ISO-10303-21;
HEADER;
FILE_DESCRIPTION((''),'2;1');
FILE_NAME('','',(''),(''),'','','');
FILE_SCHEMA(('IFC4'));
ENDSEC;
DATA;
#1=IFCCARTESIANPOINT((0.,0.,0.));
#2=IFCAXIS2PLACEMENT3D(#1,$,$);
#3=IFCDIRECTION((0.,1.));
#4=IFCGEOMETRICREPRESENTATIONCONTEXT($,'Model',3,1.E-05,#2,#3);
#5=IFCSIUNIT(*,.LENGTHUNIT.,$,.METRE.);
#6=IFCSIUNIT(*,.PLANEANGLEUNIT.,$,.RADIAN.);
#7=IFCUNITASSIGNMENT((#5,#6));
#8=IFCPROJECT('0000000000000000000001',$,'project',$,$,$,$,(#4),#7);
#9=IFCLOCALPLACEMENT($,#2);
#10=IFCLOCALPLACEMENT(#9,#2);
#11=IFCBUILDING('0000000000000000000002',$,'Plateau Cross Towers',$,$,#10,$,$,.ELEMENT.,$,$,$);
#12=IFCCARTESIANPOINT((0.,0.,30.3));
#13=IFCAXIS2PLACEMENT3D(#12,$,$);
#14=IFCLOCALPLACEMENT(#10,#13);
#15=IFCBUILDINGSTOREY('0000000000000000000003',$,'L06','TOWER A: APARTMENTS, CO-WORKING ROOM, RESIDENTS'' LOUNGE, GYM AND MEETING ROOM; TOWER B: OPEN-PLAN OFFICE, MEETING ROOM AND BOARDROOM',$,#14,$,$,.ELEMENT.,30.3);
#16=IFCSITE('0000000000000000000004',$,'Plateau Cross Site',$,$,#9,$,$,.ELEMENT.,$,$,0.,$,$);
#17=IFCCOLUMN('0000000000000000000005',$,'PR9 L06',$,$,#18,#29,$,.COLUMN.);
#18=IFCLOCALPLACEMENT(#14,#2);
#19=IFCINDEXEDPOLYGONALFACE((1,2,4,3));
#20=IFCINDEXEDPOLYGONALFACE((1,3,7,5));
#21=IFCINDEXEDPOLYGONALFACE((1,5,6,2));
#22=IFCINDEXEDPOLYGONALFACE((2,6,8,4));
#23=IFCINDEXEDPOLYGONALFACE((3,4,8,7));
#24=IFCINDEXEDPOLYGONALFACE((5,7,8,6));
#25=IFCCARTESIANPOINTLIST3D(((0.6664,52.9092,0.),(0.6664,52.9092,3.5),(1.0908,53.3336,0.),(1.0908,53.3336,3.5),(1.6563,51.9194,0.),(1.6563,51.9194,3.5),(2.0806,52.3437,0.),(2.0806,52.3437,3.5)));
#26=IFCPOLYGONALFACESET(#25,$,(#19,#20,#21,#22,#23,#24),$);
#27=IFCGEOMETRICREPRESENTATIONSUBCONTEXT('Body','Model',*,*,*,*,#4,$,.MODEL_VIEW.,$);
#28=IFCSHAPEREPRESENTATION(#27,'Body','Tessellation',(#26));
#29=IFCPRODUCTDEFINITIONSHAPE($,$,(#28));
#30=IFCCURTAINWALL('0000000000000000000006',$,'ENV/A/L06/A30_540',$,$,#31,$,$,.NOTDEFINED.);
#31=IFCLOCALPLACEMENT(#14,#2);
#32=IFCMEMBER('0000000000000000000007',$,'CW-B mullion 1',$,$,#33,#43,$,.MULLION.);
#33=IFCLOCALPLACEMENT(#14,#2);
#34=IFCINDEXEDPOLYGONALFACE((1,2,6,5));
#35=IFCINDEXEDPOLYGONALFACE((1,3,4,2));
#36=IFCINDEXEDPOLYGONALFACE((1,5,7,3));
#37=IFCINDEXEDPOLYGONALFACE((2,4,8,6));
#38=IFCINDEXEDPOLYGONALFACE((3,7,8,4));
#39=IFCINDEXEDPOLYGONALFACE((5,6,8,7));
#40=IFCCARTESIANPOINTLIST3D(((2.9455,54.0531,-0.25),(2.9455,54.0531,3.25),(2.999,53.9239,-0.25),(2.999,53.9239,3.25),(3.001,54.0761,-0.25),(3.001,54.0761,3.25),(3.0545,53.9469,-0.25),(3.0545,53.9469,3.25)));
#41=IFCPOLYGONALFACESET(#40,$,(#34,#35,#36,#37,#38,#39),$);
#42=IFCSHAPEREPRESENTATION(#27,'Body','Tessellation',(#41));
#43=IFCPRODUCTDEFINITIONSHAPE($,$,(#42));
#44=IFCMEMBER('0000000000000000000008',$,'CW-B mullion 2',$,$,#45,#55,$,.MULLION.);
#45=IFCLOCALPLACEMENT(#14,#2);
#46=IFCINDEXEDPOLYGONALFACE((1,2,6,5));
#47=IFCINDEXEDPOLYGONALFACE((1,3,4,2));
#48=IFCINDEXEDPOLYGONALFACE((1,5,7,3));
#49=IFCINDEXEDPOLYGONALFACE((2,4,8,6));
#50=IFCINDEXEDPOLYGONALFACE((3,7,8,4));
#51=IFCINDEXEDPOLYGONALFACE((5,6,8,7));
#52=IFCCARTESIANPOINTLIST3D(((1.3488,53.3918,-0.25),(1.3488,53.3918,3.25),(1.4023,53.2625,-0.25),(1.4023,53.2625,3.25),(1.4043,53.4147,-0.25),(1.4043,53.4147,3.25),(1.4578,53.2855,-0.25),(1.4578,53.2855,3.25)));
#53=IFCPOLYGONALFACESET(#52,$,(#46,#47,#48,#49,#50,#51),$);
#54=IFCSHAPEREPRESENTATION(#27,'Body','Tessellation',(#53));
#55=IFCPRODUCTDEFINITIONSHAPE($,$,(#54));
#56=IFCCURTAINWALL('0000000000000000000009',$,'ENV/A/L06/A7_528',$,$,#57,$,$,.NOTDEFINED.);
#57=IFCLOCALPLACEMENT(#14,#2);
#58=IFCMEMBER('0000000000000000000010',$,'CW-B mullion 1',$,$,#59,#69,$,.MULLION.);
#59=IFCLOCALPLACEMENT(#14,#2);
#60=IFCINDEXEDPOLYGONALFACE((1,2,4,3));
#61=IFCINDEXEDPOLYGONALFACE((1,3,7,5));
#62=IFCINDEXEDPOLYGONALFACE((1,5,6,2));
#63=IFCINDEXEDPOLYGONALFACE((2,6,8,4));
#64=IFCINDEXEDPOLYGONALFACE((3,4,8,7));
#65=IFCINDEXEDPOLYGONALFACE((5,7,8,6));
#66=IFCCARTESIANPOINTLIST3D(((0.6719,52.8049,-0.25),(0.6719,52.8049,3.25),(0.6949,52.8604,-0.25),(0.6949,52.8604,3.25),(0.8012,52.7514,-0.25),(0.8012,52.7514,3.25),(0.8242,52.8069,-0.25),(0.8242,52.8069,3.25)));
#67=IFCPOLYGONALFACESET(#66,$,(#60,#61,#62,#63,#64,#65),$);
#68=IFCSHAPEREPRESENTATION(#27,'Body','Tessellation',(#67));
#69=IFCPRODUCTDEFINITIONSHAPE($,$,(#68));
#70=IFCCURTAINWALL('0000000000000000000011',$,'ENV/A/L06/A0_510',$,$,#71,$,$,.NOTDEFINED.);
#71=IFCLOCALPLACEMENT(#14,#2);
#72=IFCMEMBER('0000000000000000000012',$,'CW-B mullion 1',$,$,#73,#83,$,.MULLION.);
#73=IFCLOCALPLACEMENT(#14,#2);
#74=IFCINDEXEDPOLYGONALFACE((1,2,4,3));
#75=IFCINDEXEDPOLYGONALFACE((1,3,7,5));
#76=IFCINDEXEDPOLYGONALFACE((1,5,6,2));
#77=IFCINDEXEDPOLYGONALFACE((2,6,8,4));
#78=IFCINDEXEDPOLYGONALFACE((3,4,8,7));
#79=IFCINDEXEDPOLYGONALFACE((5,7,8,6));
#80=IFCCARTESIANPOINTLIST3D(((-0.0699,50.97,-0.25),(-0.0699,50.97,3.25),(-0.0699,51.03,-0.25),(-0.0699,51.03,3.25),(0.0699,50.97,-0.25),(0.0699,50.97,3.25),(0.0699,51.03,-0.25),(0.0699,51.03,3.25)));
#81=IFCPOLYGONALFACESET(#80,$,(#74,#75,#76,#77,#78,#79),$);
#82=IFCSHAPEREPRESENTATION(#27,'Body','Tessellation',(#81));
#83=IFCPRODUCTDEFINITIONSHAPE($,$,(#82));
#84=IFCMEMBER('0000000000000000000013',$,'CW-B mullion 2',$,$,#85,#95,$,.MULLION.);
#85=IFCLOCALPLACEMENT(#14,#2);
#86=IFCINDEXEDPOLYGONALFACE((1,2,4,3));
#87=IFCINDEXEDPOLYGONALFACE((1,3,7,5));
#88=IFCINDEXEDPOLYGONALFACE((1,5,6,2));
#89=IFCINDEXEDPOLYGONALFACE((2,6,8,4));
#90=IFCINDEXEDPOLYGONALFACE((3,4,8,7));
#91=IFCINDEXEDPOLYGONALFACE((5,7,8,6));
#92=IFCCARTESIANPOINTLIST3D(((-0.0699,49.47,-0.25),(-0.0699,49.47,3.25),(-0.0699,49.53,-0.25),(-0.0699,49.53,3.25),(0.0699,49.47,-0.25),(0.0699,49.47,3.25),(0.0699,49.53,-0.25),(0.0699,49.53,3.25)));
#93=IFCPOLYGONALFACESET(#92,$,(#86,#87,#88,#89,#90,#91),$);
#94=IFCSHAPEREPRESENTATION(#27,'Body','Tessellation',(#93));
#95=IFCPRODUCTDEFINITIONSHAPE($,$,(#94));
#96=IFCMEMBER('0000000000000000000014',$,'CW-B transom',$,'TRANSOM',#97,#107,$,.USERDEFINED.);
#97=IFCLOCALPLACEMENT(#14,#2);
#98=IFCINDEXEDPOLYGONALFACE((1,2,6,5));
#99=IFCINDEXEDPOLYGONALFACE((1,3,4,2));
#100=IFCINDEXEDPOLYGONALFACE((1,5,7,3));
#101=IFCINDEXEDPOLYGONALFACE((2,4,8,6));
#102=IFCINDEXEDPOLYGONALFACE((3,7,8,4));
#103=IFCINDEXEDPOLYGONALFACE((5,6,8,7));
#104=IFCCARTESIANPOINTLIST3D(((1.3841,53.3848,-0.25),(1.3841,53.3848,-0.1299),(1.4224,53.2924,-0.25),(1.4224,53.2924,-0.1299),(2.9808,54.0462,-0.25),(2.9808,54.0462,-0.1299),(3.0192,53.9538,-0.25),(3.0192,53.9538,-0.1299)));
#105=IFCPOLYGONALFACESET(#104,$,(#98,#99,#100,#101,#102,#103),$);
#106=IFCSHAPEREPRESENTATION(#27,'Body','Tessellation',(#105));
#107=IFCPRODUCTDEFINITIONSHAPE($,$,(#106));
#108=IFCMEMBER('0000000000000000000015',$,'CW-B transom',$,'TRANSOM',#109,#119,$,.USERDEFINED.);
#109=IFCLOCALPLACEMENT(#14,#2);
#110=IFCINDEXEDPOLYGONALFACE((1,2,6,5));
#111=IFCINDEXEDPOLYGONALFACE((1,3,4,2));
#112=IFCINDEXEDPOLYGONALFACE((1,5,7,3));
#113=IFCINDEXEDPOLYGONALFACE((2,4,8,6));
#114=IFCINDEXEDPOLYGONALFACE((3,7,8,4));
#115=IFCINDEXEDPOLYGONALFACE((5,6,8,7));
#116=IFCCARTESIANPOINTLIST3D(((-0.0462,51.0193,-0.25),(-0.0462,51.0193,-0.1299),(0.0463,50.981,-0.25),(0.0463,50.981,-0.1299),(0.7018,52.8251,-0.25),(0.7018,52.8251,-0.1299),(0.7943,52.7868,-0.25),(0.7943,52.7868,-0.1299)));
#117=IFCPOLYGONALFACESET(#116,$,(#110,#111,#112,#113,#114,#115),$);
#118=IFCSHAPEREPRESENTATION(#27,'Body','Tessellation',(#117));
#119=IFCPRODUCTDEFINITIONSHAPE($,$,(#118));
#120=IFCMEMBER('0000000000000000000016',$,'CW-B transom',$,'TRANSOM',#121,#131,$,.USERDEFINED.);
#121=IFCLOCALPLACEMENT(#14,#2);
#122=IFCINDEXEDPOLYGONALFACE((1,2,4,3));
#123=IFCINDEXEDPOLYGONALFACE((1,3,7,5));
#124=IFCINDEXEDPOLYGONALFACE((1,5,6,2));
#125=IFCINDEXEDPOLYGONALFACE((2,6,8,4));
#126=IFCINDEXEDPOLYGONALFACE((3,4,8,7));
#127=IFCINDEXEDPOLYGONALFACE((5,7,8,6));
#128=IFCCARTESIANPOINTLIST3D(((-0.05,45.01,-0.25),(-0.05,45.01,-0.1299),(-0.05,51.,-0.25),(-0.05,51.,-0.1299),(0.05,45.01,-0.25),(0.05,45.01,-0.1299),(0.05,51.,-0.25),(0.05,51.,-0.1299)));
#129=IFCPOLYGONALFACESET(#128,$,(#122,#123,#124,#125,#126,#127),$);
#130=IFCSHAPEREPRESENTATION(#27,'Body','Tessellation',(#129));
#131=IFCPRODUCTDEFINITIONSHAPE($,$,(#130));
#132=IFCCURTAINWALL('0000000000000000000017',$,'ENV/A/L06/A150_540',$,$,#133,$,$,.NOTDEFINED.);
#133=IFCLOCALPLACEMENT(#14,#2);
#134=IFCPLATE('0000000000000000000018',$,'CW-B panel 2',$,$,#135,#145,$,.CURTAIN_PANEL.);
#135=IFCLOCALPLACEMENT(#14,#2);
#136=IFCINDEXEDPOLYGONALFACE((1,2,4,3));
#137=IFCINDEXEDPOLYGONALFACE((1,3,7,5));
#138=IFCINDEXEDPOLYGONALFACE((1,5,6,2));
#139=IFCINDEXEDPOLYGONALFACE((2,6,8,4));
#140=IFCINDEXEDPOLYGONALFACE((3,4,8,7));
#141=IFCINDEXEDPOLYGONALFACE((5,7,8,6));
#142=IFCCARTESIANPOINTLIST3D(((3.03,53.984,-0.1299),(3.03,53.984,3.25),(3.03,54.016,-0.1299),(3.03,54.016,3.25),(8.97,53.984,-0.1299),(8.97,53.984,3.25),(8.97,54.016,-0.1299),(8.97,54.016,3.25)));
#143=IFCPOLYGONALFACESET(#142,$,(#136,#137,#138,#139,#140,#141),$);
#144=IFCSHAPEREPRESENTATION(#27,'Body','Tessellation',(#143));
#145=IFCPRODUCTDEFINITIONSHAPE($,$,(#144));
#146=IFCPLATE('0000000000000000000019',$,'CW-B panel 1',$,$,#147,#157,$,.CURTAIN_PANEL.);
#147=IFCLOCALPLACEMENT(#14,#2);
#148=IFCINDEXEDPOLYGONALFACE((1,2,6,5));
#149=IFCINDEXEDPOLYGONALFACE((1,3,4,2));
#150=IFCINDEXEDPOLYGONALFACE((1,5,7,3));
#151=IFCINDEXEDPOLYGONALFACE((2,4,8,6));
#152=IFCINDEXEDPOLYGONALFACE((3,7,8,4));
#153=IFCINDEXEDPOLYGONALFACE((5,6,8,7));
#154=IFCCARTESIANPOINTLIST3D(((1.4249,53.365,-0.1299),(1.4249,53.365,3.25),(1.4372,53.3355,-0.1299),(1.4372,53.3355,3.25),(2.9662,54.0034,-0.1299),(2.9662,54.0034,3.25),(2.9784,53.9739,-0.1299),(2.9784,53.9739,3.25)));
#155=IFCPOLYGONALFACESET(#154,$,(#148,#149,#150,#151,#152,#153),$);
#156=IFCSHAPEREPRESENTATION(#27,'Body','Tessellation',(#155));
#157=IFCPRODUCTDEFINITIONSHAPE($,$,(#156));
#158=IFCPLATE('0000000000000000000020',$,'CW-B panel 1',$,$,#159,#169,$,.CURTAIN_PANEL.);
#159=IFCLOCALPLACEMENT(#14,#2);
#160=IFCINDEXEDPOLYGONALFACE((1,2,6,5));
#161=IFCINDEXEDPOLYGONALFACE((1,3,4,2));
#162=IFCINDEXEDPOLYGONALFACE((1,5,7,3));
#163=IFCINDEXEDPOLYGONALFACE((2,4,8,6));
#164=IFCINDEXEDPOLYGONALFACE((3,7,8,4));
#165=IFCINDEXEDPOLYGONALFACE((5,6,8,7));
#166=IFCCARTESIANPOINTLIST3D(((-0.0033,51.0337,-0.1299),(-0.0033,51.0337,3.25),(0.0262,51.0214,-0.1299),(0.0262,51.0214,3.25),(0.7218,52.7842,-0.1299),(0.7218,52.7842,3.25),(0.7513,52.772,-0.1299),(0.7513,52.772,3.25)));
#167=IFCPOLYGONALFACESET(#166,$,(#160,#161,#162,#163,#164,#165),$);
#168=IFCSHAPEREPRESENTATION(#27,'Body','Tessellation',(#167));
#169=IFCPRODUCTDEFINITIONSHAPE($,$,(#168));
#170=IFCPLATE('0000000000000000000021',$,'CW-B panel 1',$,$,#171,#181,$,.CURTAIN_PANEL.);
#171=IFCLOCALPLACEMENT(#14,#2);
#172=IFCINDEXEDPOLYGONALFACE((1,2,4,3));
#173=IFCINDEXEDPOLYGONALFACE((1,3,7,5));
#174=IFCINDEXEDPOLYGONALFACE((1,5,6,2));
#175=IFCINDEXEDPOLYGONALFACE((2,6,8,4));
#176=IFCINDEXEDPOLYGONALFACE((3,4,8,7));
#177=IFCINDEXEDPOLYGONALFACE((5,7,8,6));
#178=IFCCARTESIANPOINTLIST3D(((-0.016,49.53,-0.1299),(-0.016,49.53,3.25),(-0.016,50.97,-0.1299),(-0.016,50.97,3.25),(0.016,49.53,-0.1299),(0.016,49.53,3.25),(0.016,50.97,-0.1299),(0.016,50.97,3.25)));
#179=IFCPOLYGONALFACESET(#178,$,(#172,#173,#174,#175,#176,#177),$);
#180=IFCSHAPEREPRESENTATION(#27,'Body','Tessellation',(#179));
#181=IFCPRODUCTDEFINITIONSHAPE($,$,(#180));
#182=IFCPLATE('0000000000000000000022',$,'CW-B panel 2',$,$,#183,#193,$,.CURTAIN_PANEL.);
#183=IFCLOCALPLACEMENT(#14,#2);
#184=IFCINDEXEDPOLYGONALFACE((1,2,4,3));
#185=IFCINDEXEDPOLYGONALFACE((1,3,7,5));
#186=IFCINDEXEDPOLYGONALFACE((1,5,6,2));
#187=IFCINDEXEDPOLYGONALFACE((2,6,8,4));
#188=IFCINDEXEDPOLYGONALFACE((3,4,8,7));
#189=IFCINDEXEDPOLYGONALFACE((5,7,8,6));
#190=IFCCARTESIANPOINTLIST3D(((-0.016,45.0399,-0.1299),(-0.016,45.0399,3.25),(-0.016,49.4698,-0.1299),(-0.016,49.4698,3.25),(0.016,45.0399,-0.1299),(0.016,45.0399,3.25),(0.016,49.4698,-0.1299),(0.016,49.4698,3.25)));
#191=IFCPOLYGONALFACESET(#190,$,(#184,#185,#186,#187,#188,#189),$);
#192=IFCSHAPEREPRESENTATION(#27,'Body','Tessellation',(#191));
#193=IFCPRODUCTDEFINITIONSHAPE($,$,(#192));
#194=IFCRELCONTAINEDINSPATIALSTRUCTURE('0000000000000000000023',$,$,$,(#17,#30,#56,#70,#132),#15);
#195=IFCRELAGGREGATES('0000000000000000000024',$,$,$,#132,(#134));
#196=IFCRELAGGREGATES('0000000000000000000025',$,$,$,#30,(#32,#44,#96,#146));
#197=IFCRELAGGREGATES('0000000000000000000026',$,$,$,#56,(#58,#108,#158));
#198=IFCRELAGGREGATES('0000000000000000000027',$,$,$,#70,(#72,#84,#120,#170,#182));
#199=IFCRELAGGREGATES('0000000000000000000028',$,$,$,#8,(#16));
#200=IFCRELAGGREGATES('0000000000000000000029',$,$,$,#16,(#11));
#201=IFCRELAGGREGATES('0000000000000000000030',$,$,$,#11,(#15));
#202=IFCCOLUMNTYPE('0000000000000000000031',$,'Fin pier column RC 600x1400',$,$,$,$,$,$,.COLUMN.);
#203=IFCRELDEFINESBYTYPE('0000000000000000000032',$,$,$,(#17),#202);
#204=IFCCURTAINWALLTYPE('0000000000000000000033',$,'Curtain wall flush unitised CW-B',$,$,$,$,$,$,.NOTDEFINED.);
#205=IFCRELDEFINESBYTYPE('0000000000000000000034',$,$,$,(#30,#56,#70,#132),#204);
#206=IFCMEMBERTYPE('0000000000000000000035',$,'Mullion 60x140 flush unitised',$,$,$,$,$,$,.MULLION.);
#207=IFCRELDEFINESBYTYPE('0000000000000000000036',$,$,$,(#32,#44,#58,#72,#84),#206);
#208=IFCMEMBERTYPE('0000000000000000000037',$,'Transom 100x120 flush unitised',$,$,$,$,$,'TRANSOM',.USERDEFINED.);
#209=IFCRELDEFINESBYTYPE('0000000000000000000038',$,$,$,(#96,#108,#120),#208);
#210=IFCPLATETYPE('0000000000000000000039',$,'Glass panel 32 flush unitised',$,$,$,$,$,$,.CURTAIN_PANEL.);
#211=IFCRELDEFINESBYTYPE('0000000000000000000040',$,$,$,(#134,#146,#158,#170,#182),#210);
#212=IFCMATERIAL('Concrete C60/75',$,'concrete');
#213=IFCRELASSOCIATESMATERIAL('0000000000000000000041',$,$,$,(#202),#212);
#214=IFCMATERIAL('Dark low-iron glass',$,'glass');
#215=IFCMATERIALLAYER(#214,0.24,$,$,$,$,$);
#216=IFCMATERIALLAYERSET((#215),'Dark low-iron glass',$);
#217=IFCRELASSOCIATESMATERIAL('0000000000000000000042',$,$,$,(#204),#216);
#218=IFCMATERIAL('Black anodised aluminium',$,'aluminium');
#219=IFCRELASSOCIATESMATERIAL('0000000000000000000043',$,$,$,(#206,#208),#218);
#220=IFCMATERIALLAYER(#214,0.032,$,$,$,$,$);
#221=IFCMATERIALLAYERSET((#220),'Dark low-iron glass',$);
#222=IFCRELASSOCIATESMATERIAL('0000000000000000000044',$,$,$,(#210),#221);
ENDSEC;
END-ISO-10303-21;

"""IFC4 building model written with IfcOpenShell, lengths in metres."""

from ifc_helpers import new_model, si_unit, direction, frame, origin, origin_2d, place, context, subcontext, project, spatial, rectangle, extrude, material, layer, layer_set, material_profile, profile_set, type_object, element, aggregate, save


model = new_model("IFC4")

# Units and contexts
model_context = context("Model", 3, precision=1e-05, world=origin(), true_north=direction((0.0, 1.0)))
body_context = subcontext(model_context, "Body", "Model", "MODEL_VIEW")
ifc_project = project(units=[si_unit("LENGTHUNIT", "METRE"), si_unit("PLANEANGLEUNIT", "RADIAN")], contexts=[model_context])

# Site, building, storey
site_placement = place(None, origin())
site = spatial("IfcSite", under=ifc_project, at=site_placement, Name="Plateau Cross Site", CompositionType="ELEMENT", RefElevation=0.0)
building_placement = place(site_placement, origin())
building = spatial("IfcBuilding", under=site, at=building_placement, Name="Plateau Cross Towers", CompositionType="ELEMENT")
storey_placement = place(building_placement, frame((0.0, 0.0, 30.3)))
storey = spatial("IfcBuildingStorey", under=building, at=storey_placement, Name="L06", Description="TOWER A: APARTMENTS, CO-WORKING ROOM, RESIDENTS' LOUNGE, GYM AND MEETING ROOM; TOWER B: OPEN-PLAN OFFICE, MEETING ROOM AND BOARDROOM", CompositionType="ELEMENT", Elevation=30.3)

# Column
ifc_material_1 = material(Name="Concrete C60/75", Category="concrete")
ifc_material_profile_1 = material_profile(ifc_material_1, rectangle(XDim=0.6001, YDim=1.3999, at=origin_2d()), Name="RC 600x1400")
ifc_profile_set_1 = profile_set([ifc_material_profile_1], Name="Concrete C60/75")
column_type = type_object("IfcColumnType", Name="Fin pier column RC 600x1400", PredefinedType="COLUMN", material=ifc_profile_set_1)
column_placement = place(storey_placement, frame((1.3735, 52.6265, 0.0), z_axis=(0.0, 0.0, 1.0), x_axis=(0.707107, 0.707107, 0.0)))
element("IfcColumn", 1, at=column_placement, inside=storey, type_object=column_type, Name="PR9 L06", PredefinedType="COLUMN", context=body_context, shape_type="SweptSolid", body=[
    extrude(rectangle(XDim=0.6001, YDim=1.3999, at=origin_2d()), origin(), (0.0, 0.0, 1.0), 3.5),
])

# Curtain wall, members
ifc_material_2 = material(Name="Dark low-iron glass", Category="glass")
ifc_layer_1 = layer(ifc_material_2, 0.24)
ifc_layer_set_1 = layer_set([ifc_layer_1], Name="Dark low-iron glass")
curtain_wall_type = type_object("IfcCurtainWallType", Name="Curtain wall flush unitised CW-B", PredefinedType="NOTDEFINED", material=ifc_layer_set_1)
curtain_wall_1_placement = place(storey_placement, origin())
curtain_wall_1 = element("IfcCurtainWall", 2, at=curtain_wall_1_placement, inside=storey, type_object=curtain_wall_type, Name="ENV/A/L06/A30_540", PredefinedType="NOTDEFINED")
ifc_material_3 = material(Name="Black anodised aluminium", Category="aluminium")
ifc_material_profile_2 = material_profile(ifc_material_3, rectangle(XDim=0.0601, YDim=0.1399, at=origin_2d()), Name="MULLION 60x140")
ifc_profile_set_2 = profile_set([ifc_material_profile_2], Name="Black anodised aluminium")
member_type_1 = type_object("IfcMemberType", Name="Mullion 60x140 flush unitised", PredefinedType="MULLION", material=ifc_profile_set_2)
member_1_placement = place(storey_placement, frame((3.0, 54.0, -0.25), z_axis=(0.0, 0.0, 1.0), x_axis=(-0.923879, -0.382684, 0.0)))
member_1 = element("IfcMember", 3, at=member_1_placement, type_object=member_type_1, Name="CW-B mullion 1", PredefinedType="MULLION", context=body_context, shape_type="SweptSolid", body=[
    extrude(rectangle(XDim=0.0601, YDim=0.1399, at=origin_2d()), origin(), (0.0, 0.0, 1.0), 3.5),
])
member_2_placement = place(storey_placement, frame((1.4033, 53.3386, -0.25), z_axis=(0.0, 0.0, 1.0), x_axis=(-0.923879, -0.382684, 0.0)))
member_2 = element("IfcMember", 4, at=member_2_placement, type_object=member_type_1, Name="CW-B mullion 2", PredefinedType="MULLION", context=body_context, shape_type="SweptSolid", body=[
    extrude(rectangle(XDim=0.0601, YDim=0.1399, at=origin_2d()), origin(), (0.0, 0.0, 1.0), 3.5),
])

# Curtain wall, member
curtain_wall_2_placement = place(storey_placement, origin())
curtain_wall_2 = element("IfcCurtainWall", 5, at=curtain_wall_2_placement, inside=storey, type_object=curtain_wall_type, Name="ENV/A/L06/A7_528", PredefinedType="NOTDEFINED")
member_3_placement = place(storey_placement, frame((0.748, 52.8059, -0.25), z_axis=(0.0, 0.0, 1.0), x_axis=(-0.382684, -0.923879, 0.0)))
member_3 = element("IfcMember", 6, at=member_3_placement, type_object=member_type_1, Name="CW-B mullion 1", PredefinedType="MULLION", context=body_context, shape_type="SweptSolid", body=[
    extrude(rectangle(XDim=0.0601, YDim=0.1399, at=origin_2d()), origin(), (0.0, 0.0, 1.0), 3.5),
])

# Curtain wall, members
curtain_wall_3_placement = place(storey_placement, origin())
curtain_wall_3 = element("IfcCurtainWall", 7, at=curtain_wall_3_placement, inside=storey, type_object=curtain_wall_type, Name="ENV/A/L06/A0_510", PredefinedType="NOTDEFINED")
member_4_placement = place(storey_placement, frame((0.0, 51.0, -0.25), z_axis=(0.0, 0.0, 1.0), x_axis=(0.0, -1.0, 0.0)))
member_4 = element("IfcMember", 8, at=member_4_placement, type_object=member_type_1, Name="CW-B mullion 1", PredefinedType="MULLION", context=body_context, shape_type="SweptSolid", body=[
    extrude(rectangle(XDim=0.0601, YDim=0.1399, at=origin_2d()), origin(), (0.0, 0.0, 1.0), 3.5),
])
member_5_placement = place(storey_placement, frame((0.0, 49.5, -0.25), z_axis=(0.0, 0.0, 1.0), x_axis=(0.0, -1.0, 0.0)))
member_5 = element("IfcMember", 9, at=member_5_placement, type_object=member_type_1, Name="CW-B mullion 2", PredefinedType="MULLION", context=body_context, shape_type="SweptSolid", body=[
    extrude(rectangle(XDim=0.0601, YDim=0.1399, at=origin_2d()), origin(), (0.0, 0.0, 1.0), 3.5),
])

# Members
ifc_material_profile_3 = material_profile(ifc_material_3, rectangle(XDim=0.1001, YDim=0.1201, at=origin_2d()), Name="TRANSOM 100x120")
ifc_profile_set_3 = profile_set([ifc_material_profile_3], Name="Black anodised aluminium")
member_type_2 = type_object("IfcMemberType", Name="Transom 100x120 flush unitised", ElementType="TRANSOM", PredefinedType="USERDEFINED", material=ifc_profile_set_3)
member_6_placement = place(storey_placement, frame((3.0, 54.0, -0.1899), z_axis=(-0.923877, -0.382689, 0.0), x_axis=(0.382689, -0.923877, 0.0)))
member_6 = element("IfcMember", 10, at=member_6_placement, type_object=member_type_2, Name="CW-B transom", ObjectType="TRANSOM", PredefinedType="USERDEFINED", context=body_context, shape_type="SweptSolid", body=[
    extrude(rectangle(XDim=0.1001, YDim=0.1201, at=origin_2d()), origin(), (0.0, 0.0, 1.0), 1.7283),
])
member_7_placement = place(storey_placement, frame((0.748, 52.8059, -0.1899), z_axis=(-0.38269, -0.923877, 0.0), x_axis=(0.923877, -0.38269, 0.0)))
member_7 = element("IfcMember", 11, at=member_7_placement, type_object=member_type_2, Name="CW-B transom", ObjectType="TRANSOM", PredefinedType="USERDEFINED", context=body_context, shape_type="SweptSolid", body=[
    extrude(rectangle(XDim=0.1001, YDim=0.1201, at=origin_2d()), origin(), (0.0, 0.0, 1.0), 1.9546),
])
member_8_placement = place(storey_placement, frame((0.0, 51.0, -0.1899), z_axis=(0.0, -1.0, 0.0), x_axis=(1.0, 0.0, 0.0)))
member_8 = element("IfcMember", 12, at=member_8_placement, type_object=member_type_2, Name="CW-B transom", ObjectType="TRANSOM", PredefinedType="USERDEFINED", context=body_context, shape_type="SweptSolid", body=[
    extrude(rectangle(XDim=0.1001, YDim=0.1201, at=origin_2d()), origin(), (0.0, 0.0, 1.0), 5.99),
])

# Curtain wall, plate
curtain_wall_4_placement = place(storey_placement, origin())
curtain_wall_4 = element("IfcCurtainWall", 13, at=curtain_wall_4_placement, inside=storey, type_object=curtain_wall_type, Name="ENV/A/L06/A150_540", PredefinedType="NOTDEFINED")
ifc_layer_2 = layer(ifc_material_2, 0.032)
ifc_layer_set_2 = layer_set([ifc_layer_2], Name="Dark low-iron glass")
plate_type = type_object("IfcPlateType", Name="Glass panel 32 flush unitised", PredefinedType="CURTAIN_PANEL", material=ifc_layer_set_2)
plate_1_placement = place(storey_placement, frame((6.0, 54.0, -0.1299), z_axis=(0.0, 0.0, 1.0), x_axis=(-1.0, 0.0, 0.0)))
plate_1 = element("IfcPlate", 14, at=plate_1_placement, type_object=plate_type, Name="CW-B panel 2", PredefinedType="CURTAIN_PANEL", context=body_context, shape_type="SweptSolid", body=[
    extrude(rectangle(XDim=5.9399, YDim=0.032, at=origin_2d()), origin(), (0.0, 0.0, 1.0), 3.3799),
])
aggregate(curtain_wall_4, [plate_1])

# Plates
plate_2_placement = place(storey_placement, frame((2.2017, 53.6694, -0.1299), z_axis=(0.0, 0.0, 1.0), x_axis=(-0.923879, -0.382684, 0.0)))
plate_2 = element("IfcPlate", 15, at=plate_2_placement, type_object=plate_type, Name="CW-B panel 1", PredefinedType="CURTAIN_PANEL", context=body_context, shape_type="SweptSolid", body=[
    extrude(rectangle(XDim=1.6682, YDim=0.032, at=origin_2d()), origin(), (0.0, 0.0, 1.0), 3.3799),
])
aggregate(curtain_wall_1, [member_1, member_2, member_6, plate_2])
plate_3_placement = place(storey_placement, frame((0.374, 51.9028, -0.1299), z_axis=(0.0, 0.0, 1.0), x_axis=(-0.382684, -0.923879, 0.0)))
plate_3 = element("IfcPlate", 16, at=plate_3_placement, type_object=plate_type, Name="CW-B panel 1", PredefinedType="CURTAIN_PANEL", context=body_context, shape_type="SweptSolid", body=[
    extrude(rectangle(XDim=1.8948, YDim=0.032, at=origin_2d()), origin(), (0.0, 0.0, 1.0), 3.3799),
])
aggregate(curtain_wall_2, [member_3, member_7, plate_3])
plate_4_placement = place(storey_placement, frame((0.0, 50.25, -0.1299), z_axis=(0.0, 0.0, 1.0), x_axis=(0.0, -1.0, 0.0)))
plate_4 = element("IfcPlate", 17, at=plate_4_placement, type_object=plate_type, Name="CW-B panel 1", PredefinedType="CURTAIN_PANEL", context=body_context, shape_type="SweptSolid", body=[
    extrude(rectangle(XDim=1.4399, YDim=0.032, at=origin_2d()), origin(), (0.0, 0.0, 1.0), 3.3799),
])
plate_5_placement = place(storey_placement, frame((0.0, 47.2549, -0.1299), z_axis=(0.0, 0.0, 1.0), x_axis=(0.0, -1.0, 0.0)))
plate_5 = element("IfcPlate", 18, at=plate_5_placement, type_object=plate_type, Name="CW-B panel 2", PredefinedType="CURTAIN_PANEL", context=body_context, shape_type="SweptSolid", body=[
    extrude(rectangle(XDim=4.4299, YDim=0.032, at=origin_2d()), origin(), (0.0, 0.0, 1.0), 3.3799),
])
aggregate(curtain_wall_3, [member_4, member_5, member_8, plate_4, plate_5])

save(model, "model.ifc")
